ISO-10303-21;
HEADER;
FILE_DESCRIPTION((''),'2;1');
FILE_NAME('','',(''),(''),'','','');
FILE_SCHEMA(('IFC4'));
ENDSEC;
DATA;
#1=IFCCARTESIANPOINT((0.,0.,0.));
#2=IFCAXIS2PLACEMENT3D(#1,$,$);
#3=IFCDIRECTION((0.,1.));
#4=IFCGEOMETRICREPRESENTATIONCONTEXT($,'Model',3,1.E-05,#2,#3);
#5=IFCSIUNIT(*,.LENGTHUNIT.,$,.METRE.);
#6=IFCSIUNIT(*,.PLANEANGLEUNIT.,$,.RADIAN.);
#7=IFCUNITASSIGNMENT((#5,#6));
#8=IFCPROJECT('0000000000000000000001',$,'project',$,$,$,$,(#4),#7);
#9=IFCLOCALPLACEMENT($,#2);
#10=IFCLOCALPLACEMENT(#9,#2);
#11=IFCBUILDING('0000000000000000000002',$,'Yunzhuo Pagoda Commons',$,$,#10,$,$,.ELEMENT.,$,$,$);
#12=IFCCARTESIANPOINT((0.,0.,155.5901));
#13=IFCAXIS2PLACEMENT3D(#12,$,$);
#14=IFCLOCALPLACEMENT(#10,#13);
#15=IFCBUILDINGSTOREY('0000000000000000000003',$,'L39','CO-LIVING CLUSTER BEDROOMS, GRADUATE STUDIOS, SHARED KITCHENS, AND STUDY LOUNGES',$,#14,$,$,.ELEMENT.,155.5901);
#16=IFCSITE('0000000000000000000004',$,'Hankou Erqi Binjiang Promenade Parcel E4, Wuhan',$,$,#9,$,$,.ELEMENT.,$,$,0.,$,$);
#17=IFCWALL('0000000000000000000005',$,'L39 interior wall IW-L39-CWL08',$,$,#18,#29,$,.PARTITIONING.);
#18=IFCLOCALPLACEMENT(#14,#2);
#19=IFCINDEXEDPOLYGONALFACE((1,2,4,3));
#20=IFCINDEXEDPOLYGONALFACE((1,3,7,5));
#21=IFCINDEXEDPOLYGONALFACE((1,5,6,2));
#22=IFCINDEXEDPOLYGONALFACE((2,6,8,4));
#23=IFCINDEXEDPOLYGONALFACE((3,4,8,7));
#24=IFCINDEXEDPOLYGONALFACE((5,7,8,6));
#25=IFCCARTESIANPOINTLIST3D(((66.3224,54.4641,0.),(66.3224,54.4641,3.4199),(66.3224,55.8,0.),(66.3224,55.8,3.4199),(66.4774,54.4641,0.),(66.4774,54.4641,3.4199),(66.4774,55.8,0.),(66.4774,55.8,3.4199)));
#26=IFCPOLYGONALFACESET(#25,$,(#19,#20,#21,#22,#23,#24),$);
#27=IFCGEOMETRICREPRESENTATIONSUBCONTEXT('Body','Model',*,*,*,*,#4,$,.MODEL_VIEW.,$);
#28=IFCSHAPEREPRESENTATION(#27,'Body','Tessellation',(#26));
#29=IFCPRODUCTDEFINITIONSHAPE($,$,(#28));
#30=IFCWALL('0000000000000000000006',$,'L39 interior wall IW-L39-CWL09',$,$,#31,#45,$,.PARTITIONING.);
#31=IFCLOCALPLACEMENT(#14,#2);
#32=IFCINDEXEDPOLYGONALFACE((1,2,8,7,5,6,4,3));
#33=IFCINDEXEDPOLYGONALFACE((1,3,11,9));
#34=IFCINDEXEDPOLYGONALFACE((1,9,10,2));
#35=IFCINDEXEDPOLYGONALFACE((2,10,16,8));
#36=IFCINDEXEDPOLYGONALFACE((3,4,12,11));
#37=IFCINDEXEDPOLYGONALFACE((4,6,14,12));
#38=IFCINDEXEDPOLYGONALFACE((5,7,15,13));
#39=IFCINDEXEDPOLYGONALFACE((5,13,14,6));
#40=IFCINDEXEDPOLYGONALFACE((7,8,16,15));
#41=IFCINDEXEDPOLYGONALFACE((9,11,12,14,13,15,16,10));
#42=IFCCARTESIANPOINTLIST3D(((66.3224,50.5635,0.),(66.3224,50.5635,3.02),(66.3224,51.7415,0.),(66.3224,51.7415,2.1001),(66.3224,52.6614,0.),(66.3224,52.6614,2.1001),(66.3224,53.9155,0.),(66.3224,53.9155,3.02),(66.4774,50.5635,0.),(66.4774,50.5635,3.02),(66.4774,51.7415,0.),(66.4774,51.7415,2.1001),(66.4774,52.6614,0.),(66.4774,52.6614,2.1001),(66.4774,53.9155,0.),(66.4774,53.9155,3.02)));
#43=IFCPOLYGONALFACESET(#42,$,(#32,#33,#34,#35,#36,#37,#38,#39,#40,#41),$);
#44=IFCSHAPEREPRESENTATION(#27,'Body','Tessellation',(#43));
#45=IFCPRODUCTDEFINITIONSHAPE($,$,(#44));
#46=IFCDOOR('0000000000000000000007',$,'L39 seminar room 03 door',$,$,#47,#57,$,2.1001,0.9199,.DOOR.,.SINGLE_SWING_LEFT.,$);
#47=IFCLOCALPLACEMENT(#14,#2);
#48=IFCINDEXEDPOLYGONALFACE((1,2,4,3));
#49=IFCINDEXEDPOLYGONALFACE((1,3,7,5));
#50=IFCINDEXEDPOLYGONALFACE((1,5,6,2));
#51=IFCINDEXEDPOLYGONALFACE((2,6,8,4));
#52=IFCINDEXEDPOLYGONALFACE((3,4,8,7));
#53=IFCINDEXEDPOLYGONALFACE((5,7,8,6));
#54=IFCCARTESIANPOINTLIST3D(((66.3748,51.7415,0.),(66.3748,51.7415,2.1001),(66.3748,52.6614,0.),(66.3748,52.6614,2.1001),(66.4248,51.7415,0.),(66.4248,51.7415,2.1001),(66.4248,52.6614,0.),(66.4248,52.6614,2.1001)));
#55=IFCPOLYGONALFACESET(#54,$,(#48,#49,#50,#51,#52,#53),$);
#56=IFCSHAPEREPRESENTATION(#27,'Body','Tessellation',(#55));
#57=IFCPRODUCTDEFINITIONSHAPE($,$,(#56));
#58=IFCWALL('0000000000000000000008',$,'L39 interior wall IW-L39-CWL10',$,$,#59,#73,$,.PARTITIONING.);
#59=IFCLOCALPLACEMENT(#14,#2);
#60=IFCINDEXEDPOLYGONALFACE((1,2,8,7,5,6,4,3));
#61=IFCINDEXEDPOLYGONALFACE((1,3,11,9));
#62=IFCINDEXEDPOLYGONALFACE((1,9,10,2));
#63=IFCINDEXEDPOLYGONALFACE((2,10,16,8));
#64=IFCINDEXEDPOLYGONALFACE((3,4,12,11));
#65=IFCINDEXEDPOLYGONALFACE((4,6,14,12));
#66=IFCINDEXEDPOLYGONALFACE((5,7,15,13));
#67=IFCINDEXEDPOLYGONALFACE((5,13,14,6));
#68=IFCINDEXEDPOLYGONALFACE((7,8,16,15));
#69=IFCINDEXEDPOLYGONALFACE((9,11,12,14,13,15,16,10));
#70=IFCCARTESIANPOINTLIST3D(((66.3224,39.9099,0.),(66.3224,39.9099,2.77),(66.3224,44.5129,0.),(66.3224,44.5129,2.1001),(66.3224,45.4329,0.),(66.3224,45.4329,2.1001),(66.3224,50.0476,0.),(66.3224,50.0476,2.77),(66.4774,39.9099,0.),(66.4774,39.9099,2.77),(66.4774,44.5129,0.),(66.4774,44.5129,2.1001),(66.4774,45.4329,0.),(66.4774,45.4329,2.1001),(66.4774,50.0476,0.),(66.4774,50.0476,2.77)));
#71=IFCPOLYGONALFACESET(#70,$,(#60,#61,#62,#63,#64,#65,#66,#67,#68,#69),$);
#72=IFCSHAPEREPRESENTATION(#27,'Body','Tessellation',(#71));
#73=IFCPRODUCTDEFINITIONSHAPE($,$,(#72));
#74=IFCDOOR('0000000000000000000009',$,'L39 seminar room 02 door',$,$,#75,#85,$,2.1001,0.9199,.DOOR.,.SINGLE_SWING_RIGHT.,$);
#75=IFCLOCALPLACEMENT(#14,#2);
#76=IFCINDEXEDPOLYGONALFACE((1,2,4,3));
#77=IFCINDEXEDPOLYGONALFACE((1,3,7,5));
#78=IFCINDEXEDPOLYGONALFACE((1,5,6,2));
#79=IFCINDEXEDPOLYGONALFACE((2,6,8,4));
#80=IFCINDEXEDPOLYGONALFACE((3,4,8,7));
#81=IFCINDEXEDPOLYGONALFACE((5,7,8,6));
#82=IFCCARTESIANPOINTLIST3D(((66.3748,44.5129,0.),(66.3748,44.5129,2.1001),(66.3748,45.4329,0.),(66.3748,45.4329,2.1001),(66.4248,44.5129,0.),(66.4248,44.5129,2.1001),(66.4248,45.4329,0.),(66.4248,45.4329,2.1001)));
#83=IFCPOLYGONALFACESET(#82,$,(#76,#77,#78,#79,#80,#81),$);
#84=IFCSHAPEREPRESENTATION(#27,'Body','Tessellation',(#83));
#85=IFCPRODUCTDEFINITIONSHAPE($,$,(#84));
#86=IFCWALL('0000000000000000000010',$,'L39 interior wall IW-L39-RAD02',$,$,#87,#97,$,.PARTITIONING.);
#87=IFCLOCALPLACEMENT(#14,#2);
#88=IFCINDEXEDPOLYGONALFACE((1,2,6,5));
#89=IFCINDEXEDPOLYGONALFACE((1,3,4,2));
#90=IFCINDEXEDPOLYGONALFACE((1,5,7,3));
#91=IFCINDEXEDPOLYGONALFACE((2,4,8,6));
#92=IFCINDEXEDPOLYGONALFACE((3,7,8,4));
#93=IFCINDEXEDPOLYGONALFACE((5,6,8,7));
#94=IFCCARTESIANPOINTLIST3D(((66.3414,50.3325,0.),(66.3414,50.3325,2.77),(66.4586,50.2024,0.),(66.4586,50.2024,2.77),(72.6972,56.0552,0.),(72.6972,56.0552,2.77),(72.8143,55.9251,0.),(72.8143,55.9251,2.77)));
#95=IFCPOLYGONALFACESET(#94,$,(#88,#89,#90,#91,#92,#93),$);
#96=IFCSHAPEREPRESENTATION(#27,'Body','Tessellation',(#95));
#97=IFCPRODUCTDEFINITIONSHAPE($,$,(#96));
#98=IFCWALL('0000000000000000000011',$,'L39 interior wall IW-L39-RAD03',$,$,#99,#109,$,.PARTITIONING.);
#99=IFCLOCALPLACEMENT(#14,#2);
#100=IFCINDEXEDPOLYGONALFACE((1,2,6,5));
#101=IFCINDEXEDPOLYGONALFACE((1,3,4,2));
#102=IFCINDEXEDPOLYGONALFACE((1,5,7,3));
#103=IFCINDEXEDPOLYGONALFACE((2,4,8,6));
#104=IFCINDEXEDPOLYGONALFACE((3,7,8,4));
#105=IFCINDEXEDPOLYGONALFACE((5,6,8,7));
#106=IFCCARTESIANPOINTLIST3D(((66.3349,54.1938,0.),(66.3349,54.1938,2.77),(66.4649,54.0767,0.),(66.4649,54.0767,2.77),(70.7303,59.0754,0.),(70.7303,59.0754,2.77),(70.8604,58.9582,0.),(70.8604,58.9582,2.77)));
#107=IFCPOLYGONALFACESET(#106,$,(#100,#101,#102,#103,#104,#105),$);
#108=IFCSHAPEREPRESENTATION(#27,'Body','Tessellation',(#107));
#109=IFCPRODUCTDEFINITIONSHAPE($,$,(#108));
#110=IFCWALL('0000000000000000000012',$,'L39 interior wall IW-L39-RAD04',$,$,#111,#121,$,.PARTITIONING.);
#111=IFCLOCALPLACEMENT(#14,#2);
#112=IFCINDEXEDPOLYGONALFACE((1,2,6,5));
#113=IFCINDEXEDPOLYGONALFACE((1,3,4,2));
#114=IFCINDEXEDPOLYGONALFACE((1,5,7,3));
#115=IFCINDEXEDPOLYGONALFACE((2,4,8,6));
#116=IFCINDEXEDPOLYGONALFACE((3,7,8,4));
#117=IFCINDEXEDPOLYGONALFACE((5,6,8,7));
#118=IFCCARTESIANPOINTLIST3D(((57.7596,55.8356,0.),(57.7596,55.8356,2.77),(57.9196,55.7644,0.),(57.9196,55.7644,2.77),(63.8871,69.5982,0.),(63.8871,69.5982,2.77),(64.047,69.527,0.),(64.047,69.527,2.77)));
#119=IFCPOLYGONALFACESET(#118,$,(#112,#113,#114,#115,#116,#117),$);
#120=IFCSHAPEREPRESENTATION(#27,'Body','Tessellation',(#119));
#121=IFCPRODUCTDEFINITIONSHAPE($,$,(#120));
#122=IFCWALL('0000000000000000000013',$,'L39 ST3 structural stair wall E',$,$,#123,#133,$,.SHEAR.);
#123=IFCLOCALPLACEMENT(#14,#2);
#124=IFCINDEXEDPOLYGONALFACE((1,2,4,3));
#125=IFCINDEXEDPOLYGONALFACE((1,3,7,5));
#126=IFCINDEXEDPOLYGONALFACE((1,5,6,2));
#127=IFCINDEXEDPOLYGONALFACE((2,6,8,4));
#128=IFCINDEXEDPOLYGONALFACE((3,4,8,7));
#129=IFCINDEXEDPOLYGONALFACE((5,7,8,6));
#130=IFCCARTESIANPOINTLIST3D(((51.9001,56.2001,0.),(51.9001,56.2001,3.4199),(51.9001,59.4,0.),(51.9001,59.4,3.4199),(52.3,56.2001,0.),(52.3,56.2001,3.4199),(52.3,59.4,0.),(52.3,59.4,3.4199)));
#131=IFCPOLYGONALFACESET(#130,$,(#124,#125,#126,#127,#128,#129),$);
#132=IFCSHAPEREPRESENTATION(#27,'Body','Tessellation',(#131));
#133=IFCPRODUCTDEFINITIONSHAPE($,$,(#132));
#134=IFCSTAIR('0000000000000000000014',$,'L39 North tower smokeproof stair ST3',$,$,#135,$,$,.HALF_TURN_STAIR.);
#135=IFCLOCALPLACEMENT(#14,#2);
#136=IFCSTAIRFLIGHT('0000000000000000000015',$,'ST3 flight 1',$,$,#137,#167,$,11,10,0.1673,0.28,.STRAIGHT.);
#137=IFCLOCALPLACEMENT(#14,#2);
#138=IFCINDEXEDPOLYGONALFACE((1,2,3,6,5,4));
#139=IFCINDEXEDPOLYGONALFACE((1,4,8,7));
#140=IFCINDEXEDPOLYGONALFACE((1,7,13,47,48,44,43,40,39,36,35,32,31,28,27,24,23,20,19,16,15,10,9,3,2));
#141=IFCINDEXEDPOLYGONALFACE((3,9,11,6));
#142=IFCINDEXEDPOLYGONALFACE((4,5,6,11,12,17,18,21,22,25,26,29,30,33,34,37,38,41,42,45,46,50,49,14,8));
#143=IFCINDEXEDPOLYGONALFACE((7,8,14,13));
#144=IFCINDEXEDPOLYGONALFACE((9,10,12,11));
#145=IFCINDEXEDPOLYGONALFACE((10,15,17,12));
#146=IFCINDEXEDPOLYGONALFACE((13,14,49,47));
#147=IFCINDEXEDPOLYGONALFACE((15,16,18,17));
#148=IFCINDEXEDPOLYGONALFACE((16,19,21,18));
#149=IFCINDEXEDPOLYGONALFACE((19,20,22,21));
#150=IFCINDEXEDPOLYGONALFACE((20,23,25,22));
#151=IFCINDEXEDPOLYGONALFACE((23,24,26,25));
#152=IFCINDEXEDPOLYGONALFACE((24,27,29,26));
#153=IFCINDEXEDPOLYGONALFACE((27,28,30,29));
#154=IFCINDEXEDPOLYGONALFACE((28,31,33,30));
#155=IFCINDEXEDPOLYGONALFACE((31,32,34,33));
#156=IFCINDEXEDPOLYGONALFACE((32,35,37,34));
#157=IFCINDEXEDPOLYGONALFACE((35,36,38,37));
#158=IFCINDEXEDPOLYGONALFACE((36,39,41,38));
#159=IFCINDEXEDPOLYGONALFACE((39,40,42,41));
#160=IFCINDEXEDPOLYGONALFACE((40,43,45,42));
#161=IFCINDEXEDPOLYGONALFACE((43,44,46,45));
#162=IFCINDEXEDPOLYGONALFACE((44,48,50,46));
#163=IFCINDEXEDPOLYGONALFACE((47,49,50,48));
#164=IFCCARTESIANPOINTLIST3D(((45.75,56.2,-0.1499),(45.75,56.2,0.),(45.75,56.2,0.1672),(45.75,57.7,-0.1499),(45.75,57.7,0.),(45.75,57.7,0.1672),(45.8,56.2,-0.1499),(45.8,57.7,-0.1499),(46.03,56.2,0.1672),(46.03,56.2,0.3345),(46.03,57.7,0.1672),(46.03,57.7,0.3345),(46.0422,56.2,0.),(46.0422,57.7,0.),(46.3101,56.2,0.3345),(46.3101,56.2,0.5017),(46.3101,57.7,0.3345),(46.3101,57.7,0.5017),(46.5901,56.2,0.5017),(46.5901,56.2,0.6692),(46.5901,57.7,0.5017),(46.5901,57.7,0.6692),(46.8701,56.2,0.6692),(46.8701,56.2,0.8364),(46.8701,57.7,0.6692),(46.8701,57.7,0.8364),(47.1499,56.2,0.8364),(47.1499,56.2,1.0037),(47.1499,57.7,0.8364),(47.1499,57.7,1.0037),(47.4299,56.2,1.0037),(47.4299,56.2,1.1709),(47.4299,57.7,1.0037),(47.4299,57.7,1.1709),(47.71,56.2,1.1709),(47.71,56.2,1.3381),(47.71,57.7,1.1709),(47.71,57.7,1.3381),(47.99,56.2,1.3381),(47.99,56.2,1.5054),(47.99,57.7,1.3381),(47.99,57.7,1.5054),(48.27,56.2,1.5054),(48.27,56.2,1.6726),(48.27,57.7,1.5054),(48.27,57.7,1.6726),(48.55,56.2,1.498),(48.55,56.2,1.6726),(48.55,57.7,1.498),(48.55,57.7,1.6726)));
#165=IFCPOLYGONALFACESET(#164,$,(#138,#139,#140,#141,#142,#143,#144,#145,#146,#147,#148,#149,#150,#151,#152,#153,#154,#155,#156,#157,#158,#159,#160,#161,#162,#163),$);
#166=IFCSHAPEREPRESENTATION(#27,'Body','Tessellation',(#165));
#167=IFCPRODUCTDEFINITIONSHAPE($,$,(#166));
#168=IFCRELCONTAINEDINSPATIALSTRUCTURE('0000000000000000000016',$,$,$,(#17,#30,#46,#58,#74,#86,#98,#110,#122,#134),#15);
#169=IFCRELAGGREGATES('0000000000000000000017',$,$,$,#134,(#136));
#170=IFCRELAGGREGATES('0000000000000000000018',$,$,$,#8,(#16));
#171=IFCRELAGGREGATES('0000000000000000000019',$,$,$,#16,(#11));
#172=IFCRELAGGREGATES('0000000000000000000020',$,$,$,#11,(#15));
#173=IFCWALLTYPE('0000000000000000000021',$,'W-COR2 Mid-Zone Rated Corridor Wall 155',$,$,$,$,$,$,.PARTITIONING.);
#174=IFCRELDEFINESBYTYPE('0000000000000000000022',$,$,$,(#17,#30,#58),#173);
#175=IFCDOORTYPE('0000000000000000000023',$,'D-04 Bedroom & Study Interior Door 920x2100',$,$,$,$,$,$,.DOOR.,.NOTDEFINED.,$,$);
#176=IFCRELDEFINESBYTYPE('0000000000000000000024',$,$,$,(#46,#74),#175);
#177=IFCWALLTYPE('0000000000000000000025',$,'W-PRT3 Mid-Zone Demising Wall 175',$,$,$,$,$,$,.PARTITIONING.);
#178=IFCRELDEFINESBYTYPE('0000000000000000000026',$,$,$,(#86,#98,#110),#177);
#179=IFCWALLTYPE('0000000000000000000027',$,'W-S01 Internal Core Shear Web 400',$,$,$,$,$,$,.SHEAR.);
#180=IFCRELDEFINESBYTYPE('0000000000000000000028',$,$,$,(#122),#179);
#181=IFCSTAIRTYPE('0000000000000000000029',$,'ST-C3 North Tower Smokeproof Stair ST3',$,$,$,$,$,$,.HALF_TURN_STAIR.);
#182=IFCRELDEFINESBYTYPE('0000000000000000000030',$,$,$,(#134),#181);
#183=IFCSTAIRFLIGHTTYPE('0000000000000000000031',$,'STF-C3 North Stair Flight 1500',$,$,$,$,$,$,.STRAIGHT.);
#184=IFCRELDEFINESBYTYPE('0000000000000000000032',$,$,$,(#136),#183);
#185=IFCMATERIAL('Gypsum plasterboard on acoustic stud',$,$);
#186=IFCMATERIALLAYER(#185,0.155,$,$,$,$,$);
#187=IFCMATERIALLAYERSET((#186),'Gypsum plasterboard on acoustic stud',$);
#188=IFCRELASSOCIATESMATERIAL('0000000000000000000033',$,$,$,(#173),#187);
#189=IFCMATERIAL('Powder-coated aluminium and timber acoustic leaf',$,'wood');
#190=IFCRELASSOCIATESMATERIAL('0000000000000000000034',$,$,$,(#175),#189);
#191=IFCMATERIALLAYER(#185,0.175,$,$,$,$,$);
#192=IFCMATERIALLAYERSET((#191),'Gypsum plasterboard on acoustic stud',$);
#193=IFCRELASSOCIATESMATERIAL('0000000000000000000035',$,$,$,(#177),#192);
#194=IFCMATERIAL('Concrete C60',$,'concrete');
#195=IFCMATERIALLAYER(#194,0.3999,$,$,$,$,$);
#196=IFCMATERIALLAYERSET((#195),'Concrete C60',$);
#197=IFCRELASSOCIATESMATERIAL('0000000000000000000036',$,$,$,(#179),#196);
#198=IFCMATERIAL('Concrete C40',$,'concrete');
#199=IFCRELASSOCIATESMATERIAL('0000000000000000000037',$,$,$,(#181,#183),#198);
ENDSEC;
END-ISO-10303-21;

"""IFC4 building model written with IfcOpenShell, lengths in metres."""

from ifc_helpers import new_model, si_unit, direction, frame, frame_2d, origin, origin_with_axes, place, context, subcontext, project, spatial, polyline, rectangle, outline, extrude, source, transform, mapped, material, layer, layer_set, type_object, element, fill, aggregate, save


model = new_model("IFC4")

# Units and contexts
model_context = context("Model", 3, precision=1e-05, world=origin(), true_north=direction((0.0, 1.0)))
body_context = subcontext(model_context, "Body", "Model", "MODEL_VIEW")
ifc_project = project(units=[si_unit("LENGTHUNIT", "METRE"), si_unit("PLANEANGLEUNIT", "RADIAN")], contexts=[model_context])

# Site, building, storey
site_placement = place(None, origin())
site = spatial("IfcSite", under=ifc_project, at=site_placement, Name="Hankou Erqi Binjiang Promenade Parcel E4, Wuhan", CompositionType="ELEMENT", RefElevation=0.0)
building_placement = place(site_placement, origin())
building = spatial("IfcBuilding", under=site, at=building_placement, Name="Yunzhuo Pagoda Commons", CompositionType="ELEMENT")
storey_placement = place(building_placement, frame((0.0, 0.0, 155.5901)))
storey = spatial("IfcBuildingStorey", under=building, at=storey_placement, Name="L39", Description="CO-LIVING CLUSTER BEDROOMS, GRADUATE STUDIOS, SHARED KITCHENS, AND STUDY LOUNGES", CompositionType="ELEMENT", Elevation=155.5901)

# Shared definitions
ifc_material_1 = material(Name="Gypsum plasterboard on acoustic stud")
ifc_layer_1 = layer(ifc_material_1, 0.155)
ifc_layer_set_1 = layer_set([ifc_layer_1], Name="Gypsum plasterboard on acoustic stud")
wall_type_1 = type_object("IfcWallType", Name="W-COR2 Mid-Zone Rated Corridor Wall 155", PredefinedType="PARTITIONING", material=ifc_layer_set_1)

# Shared definitions
ifc_material_2 = material(Name="Powder-coated aluminium and timber acoustic leaf", Category="wood")
door_type = type_object("IfcDoorType", Name="D-04 Bedroom & Study Interior Door 920x2100", OperationType="NOTDEFINED", PredefinedType="DOOR", material=ifc_material_2)
shared_shape_1 = source(origin(), body_context, "Body", "SweptSolid", [
    extrude(rectangle(XDim=0.9199, YDim=2.1001, at=frame_2d((0.46, 1.05))), frame((0.0, 0.0249, 0.0), z_axis=(0.0, -1.0, 0.0), x_axis=(1.0, 0.0, 0.0)), (0.0, 0.0, 1.0), 0.05),
])

# Wall
wall_1_placement = place(storey_placement, frame((66.3999, 55.8, 0.0), z_axis=(0.0, 0.0, 1.0), x_axis=(0.0, -1.0, 0.0)))
element("IfcWall", 1, at=wall_1_placement, inside=storey, type_object=wall_type_1, Name="L39 interior wall IW-L39-CWL08", PredefinedType="PARTITIONING", context=body_context, shape_type="SweptSolid", body=[
    extrude(rectangle(XDim=1.3359, YDim=0.155, at=frame_2d((0.668, 0.0))), origin(), (0.0, 0.0, 1.0), 3.4199),
])

# Walls, openings, doors
wall_2_placement = place(storey_placement, frame((66.3999, 53.9155, 0.0), z_axis=(0.0, 0.0, 1.0), x_axis=(0.0, -1.0, 0.0)))
wall_2 = element("IfcWall", 2, at=wall_2_placement, inside=storey, type_object=wall_type_1, Name="L39 interior wall IW-L39-CWL09", PredefinedType="PARTITIONING", context=body_context, shape_type="SweptSolid", body=[
    extrude(rectangle(XDim=3.3521, YDim=0.155, at=frame_2d((1.676, 0.0))), origin(), (0.0, 0.0, 1.0), 3.02),
])
opening_1_placement = place(wall_2_placement, frame((1.2542, 0.0, 0.0)))
opening_1 = element("IfcOpeningElement", 3, at=opening_1_placement, cuts=wall_2, PredefinedType="OPENING", context=body_context, shape_type="SweptSolid", body=[
    extrude(rectangle(XDim=0.9199, YDim=2.1001, at=frame_2d((0.46, 1.05))), frame((0.0, 0.0874, 0.0), z_axis=(0.0, -1.0, 0.0), x_axis=(1.0, 0.0, 0.0)), (0.0, 0.0, 1.0), 0.175),
])
door_1_placement = place(opening_1_placement, origin_with_axes())
door_1 = element("IfcDoor", 4, at=door_1_placement, inside=storey, type_object=door_type, Name="L39 seminar room 03 door", OperationType="SINGLE_SWING_LEFT", OverallHeight=2.1001, OverallWidth=0.9199, PredefinedType="DOOR", context=body_context, shape_type="MappedRepresentation", body=[
    mapped(shared_shape_1, transform((0.0, 0.0, 0.0), scale=1.0)),
])
fill(opening_1, door_1)
wall_3_placement = place(storey_placement, frame((66.3999, 50.0476, 0.0), z_axis=(0.0, 0.0, 1.0), x_axis=(0.0, -1.0, 0.0)))
wall_3 = element("IfcWall", 5, at=wall_3_placement, inside=storey, type_object=wall_type_1, Name="L39 interior wall IW-L39-CWL10", PredefinedType="PARTITIONING", context=body_context, shape_type="SweptSolid", body=[
    extrude(rectangle(XDim=10.1377, YDim=0.155, at=frame_2d((5.0688, 0.0))), origin(), (0.0, 0.0, 1.0), 2.77),
])
opening_2_placement = place(wall_3_placement, frame((4.6147, 0.0, 0.0)))
opening_2 = element("IfcOpeningElement", 6, at=opening_2_placement, cuts=wall_3, PredefinedType="OPENING", context=body_context, shape_type="SweptSolid", body=[
    extrude(rectangle(XDim=0.9199, YDim=2.1001, at=frame_2d((0.46, 1.05))), frame((0.0, 0.0874, 0.0), z_axis=(0.0, -1.0, 0.0), x_axis=(1.0, 0.0, 0.0)), (0.0, 0.0, 1.0), 0.175),
])
door_2_placement = place(opening_2_placement, origin_with_axes())
door_2 = element("IfcDoor", 7, at=door_2_placement, inside=storey, type_object=door_type, Name="L39 seminar room 02 door", OperationType="SINGLE_SWING_RIGHT", OverallHeight=2.1001, OverallWidth=0.9199, PredefinedType="DOOR", context=body_context, shape_type="MappedRepresentation", body=[
    mapped(shared_shape_1, transform((0.0, 0.0, 0.0), scale=1.0)),
])
fill(opening_2, door_2)

# Walls
ifc_layer_2 = layer(ifc_material_1, 0.175)
ifc_layer_set_2 = layer_set([ifc_layer_2], Name="Gypsum plasterboard on acoustic stud")
wall_type_2 = type_object("IfcWallType", Name="W-PRT3 Mid-Zone Demising Wall 175", PredefinedType="PARTITIONING", material=ifc_layer_set_2)
wall_4_placement = place(storey_placement, frame((66.3999, 50.2673, 0.0), z_axis=(0.0, 0.0, 1.0), x_axis=(0.743148, 0.669127, 0.0)))
element("IfcWall", 8, at=wall_4_placement, inside=storey, type_object=wall_type_2, Name="L39 interior wall IW-L39-RAD02", PredefinedType="PARTITIONING", context=body_context, shape_type="SweptSolid", body=[
    extrude(rectangle(XDim=8.5525, YDim=0.175, at=frame_2d((4.2764, 0.0))), origin(), (0.0, 0.0, 1.0), 2.77),
])
wall_5_placement = place(storey_placement, frame((66.3999, 54.1353, 0.0), z_axis=(0.0, 0.0, 1.0), x_axis=(0.669139, 0.743137, 0.0)))
element("IfcWall", 9, at=wall_5_placement, inside=storey, type_object=wall_type_2, Name="L39 interior wall IW-L39-RAD03", PredefinedType="PARTITIONING", context=body_context, shape_type="SweptSolid", body=[
    extrude(rectangle(XDim=6.5688, YDim=0.175, at=frame_2d((3.2844, 0.0))), origin(), (0.0, 0.0, 1.0), 2.77),
])
wall_6_placement = place(storey_placement, frame((57.8396, 55.8, 0.0), z_axis=(0.0, 0.0, 1.0), x_axis=(0.406737, 0.913545, 0.0)))
element("IfcWall", 10, at=wall_6_placement, inside=storey, type_object=wall_type_2, Name="L39 interior wall IW-L39-RAD04", PredefinedType="PARTITIONING", context=body_context, shape_type="SweptSolid", body=[
    extrude(rectangle(XDim=15.0649, YDim=0.175, at=frame_2d((7.5325, 0.0))), origin(), (0.0, 0.0, 1.0), 2.77),
])
ifc_material_3 = material(Name="Concrete C60", Category="concrete")
ifc_layer_3 = layer(ifc_material_3, 0.3999)
ifc_layer_set_3 = layer_set([ifc_layer_3], Name="Concrete C60")
wall_type_3 = type_object("IfcWallType", Name="W-S01 Internal Core Shear Web 400", PredefinedType="SHEAR", material=ifc_layer_set_3)
wall_7_placement = place(storey_placement, frame((52.1001, 56.2, 0.0), z_axis=(0.0, 0.0, 1.0), x_axis=(0.0, 1.0, 0.0)))
element("IfcWall", 11, at=wall_7_placement, inside=storey, type_object=wall_type_3, Name="L39 ST3 structural stair wall E", PredefinedType="SHEAR", context=body_context, shape_type="SweptSolid", body=[
    extrude(rectangle(XDim=3.2, YDim=0.3999, at=frame_2d((1.6001, 0.0))), origin(), (0.0, 0.0, 1.0), 3.4199),
])

# Stair, stair flight
ifc_material_4 = material(Name="Concrete C40", Category="concrete")
stair_type = type_object("IfcStairType", Name="ST-C3 North Tower Smokeproof Stair ST3", PredefinedType="HALF_TURN_STAIR", material=ifc_material_4)
stair_placement = place(storey_placement, origin())
stair = element("IfcStair", 12, at=stair_placement, inside=storey, type_object=stair_type, Name="L39 North tower smokeproof stair ST3", PredefinedType="HALF_TURN_STAIR")
stair_flight_type = type_object("IfcStairFlightType", Name="STF-C3 North Stair Flight 1500", PredefinedType="STRAIGHT", material=ifc_material_4)
shared_shape_2 = source(origin(), body_context, "Body", "SweptSolid", [
    extrude(outline(polyline([(0.0, -0.1499), (0.0, 0.0), (0.0, 0.1672), (0.28, 0.1672), (0.28, 0.3345), (0.5601, 0.3345), (0.5601, 0.5017), (0.8401, 0.5017), (0.8401, 0.6692), (1.1201, 0.6692), (1.1201, 0.8364), (1.3999, 0.8364), (1.3999, 1.0037), (1.6799, 1.0037), (1.6799, 1.1709), (1.96, 1.1709), (1.96, 1.3381), (2.24, 1.3381), (2.24, 1.5054), (2.52, 1.5054), (2.52, 1.6726), (2.8, 1.6726), (2.8, 1.8401), (2.8, 1.498), (0.2922, 0.0), (0.05, -0.1499), (0.0, -0.1499)])), frame((0.0, 0.75, 0.0), z_axis=(0.0, -1.0, 0.0), x_axis=(1.0, 0.0, 0.0)), (0.0, 0.0, 1.0), 1.5),
])
stair_flight_placement = place(storey_placement, frame((45.75, 56.95, 0.0), z_axis=(0.0, 0.0, 1.0), x_axis=(1.0, 0.0, 0.0)))
stair_flight = element("IfcStairFlight", 13, at=stair_flight_placement, type_object=stair_flight_type, Name="ST3 flight 1", NumberOfRisers=11, NumberOfTreads=10, PredefinedType="STRAIGHT", RiserHeight=0.1673, TreadLength=0.28, context=body_context, shape_type="MappedRepresentation", body=[
    mapped(shared_shape_2, transform((0.0, 0.0, 0.0), scale=1.0)),
])
aggregate(stair, [stair_flight])

save(model, "model.ifc")
